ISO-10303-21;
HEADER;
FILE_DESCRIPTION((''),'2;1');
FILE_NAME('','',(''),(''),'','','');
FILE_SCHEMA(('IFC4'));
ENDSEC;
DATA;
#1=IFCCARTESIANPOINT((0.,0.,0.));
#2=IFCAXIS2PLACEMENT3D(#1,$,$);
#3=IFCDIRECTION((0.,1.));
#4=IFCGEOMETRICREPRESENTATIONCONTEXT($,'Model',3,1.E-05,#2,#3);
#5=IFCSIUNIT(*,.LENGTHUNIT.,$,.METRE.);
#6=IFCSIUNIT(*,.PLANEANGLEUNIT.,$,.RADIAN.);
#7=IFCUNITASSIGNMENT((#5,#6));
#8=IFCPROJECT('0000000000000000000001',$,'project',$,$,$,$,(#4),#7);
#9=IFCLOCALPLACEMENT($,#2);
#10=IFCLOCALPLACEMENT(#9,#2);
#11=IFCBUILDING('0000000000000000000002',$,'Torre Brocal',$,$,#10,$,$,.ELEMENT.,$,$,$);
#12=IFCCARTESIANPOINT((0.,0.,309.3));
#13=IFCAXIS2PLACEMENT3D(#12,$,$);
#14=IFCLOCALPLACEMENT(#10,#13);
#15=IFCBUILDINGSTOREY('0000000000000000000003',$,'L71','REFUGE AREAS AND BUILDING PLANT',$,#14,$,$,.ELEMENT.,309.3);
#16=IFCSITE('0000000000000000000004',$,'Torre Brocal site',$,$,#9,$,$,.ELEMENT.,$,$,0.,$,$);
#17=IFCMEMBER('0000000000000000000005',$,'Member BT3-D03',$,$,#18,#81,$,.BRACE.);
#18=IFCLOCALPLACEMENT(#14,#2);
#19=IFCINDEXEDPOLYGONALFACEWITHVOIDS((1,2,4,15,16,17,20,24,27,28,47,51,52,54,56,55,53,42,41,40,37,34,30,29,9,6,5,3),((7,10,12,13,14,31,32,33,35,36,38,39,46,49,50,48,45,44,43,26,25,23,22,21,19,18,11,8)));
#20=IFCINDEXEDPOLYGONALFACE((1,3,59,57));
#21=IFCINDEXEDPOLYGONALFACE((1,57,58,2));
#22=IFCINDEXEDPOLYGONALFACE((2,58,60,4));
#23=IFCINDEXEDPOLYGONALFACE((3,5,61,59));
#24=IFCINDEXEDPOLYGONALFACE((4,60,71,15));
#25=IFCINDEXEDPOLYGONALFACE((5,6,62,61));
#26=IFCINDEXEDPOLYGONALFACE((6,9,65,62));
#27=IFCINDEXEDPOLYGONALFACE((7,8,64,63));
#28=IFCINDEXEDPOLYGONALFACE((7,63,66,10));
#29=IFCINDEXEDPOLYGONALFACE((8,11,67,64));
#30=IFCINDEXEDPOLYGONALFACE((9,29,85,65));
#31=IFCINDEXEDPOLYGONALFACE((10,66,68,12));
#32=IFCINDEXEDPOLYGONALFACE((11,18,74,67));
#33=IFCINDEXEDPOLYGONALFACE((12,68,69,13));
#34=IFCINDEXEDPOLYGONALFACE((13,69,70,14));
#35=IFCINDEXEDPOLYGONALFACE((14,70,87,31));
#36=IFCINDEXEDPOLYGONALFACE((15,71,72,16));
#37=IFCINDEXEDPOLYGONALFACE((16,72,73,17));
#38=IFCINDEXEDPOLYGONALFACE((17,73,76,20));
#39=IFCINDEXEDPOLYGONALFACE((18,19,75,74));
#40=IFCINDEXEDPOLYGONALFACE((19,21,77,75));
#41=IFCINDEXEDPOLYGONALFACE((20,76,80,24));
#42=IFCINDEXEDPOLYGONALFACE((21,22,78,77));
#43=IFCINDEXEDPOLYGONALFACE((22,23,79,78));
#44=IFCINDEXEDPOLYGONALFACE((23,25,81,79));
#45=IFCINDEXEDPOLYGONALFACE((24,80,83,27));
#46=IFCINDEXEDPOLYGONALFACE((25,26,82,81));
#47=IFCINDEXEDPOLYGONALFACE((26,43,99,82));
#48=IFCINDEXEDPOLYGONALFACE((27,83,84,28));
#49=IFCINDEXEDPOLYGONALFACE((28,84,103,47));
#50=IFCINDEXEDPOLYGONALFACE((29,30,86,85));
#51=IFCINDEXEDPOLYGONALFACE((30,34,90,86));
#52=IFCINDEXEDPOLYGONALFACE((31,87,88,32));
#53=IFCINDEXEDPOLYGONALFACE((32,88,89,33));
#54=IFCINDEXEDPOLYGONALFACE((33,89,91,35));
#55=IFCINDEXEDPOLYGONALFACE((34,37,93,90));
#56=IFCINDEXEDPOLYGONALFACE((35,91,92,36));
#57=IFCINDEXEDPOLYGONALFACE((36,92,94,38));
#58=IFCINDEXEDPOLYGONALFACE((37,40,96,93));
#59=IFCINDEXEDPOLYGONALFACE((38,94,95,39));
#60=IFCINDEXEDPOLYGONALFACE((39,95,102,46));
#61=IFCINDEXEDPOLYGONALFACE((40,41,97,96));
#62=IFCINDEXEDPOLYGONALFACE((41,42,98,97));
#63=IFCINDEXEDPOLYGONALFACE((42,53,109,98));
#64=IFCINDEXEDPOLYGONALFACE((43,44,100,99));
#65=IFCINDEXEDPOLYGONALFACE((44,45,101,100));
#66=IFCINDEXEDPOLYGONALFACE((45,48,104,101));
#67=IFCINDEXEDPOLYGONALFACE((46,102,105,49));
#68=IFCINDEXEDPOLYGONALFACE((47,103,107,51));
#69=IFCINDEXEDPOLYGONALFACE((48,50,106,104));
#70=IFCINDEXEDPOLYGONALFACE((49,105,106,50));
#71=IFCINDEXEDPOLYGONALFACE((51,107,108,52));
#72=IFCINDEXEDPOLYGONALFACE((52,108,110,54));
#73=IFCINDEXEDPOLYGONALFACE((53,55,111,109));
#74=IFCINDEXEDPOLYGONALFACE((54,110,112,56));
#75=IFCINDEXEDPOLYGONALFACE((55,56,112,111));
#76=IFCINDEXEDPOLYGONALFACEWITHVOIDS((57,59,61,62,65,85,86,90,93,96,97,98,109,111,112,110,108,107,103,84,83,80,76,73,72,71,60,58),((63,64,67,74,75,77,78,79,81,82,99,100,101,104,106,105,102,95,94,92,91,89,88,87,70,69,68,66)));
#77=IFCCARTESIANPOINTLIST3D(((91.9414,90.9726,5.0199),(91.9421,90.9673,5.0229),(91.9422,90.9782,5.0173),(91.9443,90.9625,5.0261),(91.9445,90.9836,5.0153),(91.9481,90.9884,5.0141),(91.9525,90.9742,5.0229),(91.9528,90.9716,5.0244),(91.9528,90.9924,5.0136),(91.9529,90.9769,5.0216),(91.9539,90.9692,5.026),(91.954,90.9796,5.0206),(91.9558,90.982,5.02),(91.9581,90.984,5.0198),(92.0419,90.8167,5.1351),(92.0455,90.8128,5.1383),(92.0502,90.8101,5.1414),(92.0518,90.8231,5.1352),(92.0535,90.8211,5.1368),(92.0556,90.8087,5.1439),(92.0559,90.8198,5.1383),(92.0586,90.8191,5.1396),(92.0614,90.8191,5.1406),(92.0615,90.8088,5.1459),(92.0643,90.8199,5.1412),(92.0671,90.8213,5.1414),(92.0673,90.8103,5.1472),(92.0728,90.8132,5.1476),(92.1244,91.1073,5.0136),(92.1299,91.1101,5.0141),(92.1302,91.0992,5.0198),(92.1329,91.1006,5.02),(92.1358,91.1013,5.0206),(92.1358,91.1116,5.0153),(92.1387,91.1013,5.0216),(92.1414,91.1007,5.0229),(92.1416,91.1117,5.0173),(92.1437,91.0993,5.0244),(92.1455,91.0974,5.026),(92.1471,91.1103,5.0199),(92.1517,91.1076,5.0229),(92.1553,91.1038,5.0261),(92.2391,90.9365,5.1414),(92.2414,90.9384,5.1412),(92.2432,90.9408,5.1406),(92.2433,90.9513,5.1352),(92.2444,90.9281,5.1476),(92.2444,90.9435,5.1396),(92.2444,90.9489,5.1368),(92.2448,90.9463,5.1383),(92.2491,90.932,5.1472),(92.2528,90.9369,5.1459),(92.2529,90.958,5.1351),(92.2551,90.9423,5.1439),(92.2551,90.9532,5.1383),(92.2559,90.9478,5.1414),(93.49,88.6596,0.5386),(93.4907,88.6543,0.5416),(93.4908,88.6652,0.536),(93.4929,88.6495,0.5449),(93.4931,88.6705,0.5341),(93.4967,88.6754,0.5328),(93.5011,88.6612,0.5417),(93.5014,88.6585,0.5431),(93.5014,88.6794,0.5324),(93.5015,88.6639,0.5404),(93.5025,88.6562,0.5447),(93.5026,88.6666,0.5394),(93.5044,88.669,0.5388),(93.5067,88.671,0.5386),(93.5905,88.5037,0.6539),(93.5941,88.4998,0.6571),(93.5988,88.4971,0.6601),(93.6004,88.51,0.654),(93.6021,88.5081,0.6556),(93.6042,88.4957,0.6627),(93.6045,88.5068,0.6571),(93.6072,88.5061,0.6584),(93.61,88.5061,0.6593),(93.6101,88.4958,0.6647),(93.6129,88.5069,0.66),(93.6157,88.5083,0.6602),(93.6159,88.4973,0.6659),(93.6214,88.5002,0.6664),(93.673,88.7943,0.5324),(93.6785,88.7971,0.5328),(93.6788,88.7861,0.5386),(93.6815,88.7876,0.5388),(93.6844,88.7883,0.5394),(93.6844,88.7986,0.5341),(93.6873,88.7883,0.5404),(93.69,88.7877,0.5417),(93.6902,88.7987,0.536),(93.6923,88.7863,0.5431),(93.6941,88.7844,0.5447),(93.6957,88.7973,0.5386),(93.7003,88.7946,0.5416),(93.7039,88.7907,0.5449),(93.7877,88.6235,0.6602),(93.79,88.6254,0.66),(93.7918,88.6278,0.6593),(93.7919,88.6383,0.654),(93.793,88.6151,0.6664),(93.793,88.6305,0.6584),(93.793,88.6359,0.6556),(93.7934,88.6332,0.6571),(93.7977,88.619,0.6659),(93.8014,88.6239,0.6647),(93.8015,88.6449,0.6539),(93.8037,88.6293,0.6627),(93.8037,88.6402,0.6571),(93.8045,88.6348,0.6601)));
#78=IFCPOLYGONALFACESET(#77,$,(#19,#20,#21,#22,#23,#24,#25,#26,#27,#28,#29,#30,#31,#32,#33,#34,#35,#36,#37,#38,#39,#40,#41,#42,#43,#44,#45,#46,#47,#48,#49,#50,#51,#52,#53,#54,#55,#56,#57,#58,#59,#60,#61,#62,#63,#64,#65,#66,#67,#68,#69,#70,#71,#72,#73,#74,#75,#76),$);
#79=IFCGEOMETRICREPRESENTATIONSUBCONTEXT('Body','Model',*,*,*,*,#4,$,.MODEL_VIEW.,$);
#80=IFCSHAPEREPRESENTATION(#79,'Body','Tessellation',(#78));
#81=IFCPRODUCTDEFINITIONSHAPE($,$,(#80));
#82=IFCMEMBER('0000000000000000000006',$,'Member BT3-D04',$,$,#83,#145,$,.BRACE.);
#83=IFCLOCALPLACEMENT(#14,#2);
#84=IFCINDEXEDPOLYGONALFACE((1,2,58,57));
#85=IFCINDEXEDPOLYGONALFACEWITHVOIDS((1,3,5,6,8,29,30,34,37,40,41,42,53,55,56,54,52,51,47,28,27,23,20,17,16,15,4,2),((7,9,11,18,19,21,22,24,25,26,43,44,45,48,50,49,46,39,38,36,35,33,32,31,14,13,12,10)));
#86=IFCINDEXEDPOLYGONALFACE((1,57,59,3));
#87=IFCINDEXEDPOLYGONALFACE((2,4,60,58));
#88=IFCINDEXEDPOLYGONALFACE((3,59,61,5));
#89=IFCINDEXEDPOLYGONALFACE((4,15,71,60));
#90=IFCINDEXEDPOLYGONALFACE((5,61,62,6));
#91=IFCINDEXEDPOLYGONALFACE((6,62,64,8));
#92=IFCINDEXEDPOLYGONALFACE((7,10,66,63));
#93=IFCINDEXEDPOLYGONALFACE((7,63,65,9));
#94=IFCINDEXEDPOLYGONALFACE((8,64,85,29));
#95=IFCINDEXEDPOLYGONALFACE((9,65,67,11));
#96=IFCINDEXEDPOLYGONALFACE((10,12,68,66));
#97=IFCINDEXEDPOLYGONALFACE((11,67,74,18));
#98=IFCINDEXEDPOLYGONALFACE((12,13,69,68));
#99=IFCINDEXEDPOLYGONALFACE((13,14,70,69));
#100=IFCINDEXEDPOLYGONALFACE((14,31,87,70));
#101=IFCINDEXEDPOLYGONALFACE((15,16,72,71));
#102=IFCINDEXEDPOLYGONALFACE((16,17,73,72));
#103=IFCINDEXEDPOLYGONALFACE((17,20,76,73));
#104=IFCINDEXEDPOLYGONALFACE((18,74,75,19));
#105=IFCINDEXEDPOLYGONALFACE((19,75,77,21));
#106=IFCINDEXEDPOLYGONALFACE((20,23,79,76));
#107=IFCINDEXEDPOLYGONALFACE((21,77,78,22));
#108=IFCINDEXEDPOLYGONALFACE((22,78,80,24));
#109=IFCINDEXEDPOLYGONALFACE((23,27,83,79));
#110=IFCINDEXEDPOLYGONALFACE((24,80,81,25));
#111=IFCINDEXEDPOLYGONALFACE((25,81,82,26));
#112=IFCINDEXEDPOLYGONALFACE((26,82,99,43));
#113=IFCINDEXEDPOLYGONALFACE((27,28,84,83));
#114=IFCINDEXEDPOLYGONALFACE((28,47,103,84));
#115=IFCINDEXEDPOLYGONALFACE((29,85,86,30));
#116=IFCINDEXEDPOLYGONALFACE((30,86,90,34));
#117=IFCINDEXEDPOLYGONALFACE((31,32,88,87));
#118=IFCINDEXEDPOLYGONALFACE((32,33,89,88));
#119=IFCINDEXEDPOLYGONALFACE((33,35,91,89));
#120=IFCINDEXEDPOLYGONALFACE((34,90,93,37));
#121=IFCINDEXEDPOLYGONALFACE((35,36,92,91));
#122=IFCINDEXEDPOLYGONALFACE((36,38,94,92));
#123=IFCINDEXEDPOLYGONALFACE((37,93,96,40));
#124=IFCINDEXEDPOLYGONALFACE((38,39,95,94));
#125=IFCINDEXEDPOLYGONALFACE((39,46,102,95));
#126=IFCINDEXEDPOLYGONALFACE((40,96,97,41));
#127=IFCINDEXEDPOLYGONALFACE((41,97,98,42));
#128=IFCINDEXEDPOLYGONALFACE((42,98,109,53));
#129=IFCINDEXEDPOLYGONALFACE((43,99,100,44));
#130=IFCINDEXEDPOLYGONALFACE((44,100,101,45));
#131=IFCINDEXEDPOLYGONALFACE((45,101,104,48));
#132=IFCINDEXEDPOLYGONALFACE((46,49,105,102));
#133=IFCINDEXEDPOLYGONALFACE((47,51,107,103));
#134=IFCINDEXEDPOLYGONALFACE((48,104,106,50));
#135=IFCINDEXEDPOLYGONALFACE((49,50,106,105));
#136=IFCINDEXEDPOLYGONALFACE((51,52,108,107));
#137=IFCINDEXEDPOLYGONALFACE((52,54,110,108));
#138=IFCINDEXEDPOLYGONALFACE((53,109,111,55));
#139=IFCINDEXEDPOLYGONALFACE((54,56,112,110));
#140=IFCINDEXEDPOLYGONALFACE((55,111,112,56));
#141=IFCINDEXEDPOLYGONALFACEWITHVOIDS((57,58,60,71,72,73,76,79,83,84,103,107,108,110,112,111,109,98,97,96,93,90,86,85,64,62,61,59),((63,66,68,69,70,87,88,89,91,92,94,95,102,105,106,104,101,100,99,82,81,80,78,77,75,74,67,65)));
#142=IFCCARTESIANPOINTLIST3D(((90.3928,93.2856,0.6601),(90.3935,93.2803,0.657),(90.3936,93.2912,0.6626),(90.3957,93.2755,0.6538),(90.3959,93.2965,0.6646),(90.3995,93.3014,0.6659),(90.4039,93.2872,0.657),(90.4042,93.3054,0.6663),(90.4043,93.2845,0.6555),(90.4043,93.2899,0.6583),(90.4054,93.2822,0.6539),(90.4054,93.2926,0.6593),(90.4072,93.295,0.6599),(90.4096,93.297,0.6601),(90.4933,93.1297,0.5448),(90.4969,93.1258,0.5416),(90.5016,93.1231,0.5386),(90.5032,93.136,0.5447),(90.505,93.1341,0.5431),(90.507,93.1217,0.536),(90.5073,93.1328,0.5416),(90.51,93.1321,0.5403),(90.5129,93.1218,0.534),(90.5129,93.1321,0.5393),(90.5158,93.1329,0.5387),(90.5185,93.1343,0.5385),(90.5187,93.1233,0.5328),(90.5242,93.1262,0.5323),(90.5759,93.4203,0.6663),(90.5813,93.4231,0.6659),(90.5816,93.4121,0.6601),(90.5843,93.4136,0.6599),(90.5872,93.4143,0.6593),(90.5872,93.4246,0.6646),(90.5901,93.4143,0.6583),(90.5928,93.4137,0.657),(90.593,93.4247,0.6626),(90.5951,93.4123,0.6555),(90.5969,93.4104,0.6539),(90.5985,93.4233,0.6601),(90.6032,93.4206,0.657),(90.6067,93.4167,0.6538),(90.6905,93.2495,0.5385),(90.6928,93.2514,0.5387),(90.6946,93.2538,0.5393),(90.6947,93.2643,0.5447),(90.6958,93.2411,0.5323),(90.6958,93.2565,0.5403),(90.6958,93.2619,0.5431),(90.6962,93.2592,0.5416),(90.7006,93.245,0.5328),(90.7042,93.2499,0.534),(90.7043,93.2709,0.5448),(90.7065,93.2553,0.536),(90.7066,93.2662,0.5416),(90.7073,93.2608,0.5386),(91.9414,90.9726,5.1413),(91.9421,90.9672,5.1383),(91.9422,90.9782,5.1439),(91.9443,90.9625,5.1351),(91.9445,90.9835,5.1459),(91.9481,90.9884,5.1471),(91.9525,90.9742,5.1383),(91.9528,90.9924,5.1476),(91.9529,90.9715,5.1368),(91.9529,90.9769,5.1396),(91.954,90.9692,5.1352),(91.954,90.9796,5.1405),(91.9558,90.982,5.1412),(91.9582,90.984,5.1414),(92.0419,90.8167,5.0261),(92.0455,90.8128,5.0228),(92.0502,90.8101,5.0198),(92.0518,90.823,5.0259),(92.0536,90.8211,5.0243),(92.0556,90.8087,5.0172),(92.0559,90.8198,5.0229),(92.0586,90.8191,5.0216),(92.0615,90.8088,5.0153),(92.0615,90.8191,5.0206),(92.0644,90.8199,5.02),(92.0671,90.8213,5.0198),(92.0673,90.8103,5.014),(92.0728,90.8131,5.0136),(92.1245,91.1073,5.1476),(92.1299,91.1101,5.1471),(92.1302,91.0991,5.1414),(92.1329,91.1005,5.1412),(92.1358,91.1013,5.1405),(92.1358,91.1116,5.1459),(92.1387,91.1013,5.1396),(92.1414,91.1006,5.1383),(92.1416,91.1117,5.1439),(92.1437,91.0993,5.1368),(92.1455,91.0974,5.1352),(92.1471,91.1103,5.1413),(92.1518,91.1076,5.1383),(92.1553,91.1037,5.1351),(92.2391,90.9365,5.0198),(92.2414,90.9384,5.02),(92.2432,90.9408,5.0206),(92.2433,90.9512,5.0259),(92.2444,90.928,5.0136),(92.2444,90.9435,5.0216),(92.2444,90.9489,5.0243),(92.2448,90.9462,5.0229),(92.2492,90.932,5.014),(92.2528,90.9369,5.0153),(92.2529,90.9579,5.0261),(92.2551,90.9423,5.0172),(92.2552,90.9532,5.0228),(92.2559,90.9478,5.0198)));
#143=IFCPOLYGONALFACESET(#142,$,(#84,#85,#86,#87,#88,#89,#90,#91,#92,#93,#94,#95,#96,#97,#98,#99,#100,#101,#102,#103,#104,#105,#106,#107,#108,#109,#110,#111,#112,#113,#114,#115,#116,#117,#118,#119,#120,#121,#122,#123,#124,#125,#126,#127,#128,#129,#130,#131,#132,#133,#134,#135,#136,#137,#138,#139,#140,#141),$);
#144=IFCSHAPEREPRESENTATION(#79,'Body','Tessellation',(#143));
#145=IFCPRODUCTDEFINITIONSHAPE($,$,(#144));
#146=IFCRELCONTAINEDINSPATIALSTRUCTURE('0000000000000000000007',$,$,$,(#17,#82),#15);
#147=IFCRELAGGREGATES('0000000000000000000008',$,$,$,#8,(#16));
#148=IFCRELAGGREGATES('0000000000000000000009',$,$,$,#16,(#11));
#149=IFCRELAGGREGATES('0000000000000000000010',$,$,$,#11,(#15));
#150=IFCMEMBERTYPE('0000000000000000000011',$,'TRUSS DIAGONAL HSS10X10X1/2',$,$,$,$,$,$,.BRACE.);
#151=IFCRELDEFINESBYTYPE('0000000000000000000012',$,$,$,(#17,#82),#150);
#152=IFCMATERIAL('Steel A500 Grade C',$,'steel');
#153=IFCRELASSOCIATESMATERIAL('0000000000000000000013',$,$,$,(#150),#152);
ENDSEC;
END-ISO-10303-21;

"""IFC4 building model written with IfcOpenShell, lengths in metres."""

from ifc_helpers import new_model, si_unit, direction, frame, origin, origin_2d, place, context, subcontext, project, spatial, hollow_rectangle, extrude, material, material_profile, profile_set, type_object, element, save


model = new_model("IFC4")

# Units and contexts
model_context = context("Model", 3, precision=1e-05, world=origin(), true_north=direction((0.0, 1.0)))
body_context = subcontext(model_context, "Body", "Model", "MODEL_VIEW")
ifc_project = project(units=[si_unit("LENGTHUNIT", "METRE"), si_unit("PLANEANGLEUNIT", "RADIAN")], contexts=[model_context])

# Site, building, storey
site_placement = place(None, origin())
site = spatial("IfcSite", under=ifc_project, at=site_placement, Name="Torre Brocal site", CompositionType="ELEMENT", RefElevation=0.0)
building_placement = place(site_placement, origin())
building = spatial("IfcBuilding", under=site, at=building_placement, Name="Torre Brocal", CompositionType="ELEMENT")
storey_placement = place(building_placement, frame((0.0, 0.0, 309.3)))
storey = spatial("IfcBuildingStorey", under=building, at=storey_placement, Name="L71", Description="REFUGE AREAS AND BUILDING PLANT", CompositionType="ELEMENT", Elevation=309.3)

# Members
ifc_material_1 = material(Name="Steel A500 Grade C", Category="steel")
ifc_material_profile_1 = material_profile(ifc_material_1, hollow_rectangle(XDim=0.2539, YDim=0.2539, WallThickness=0.0117, InnerFilletRadius=0.0117, OuterFilletRadius=0.0237, at=origin_2d()), Name="HSS10X10X1/2")
ifc_profile_set_1 = profile_set([ifc_material_profile_1], Name="Steel A500 Grade C")
member_type_1 = type_object("IfcMemberType", Name="TRUSS DIAGONAL HSS10X10X1/2", PredefinedType="BRACE", material=ifc_profile_set_1)
for number, where, z_axis, x_axis, name in (
    (1, (93.6472, 88.6472, 0.5994), (-0.293552, 0.438453, 0.849462), (-0.830956, -0.556339, 0.0), "Member BT3-D03"),
    (2, (92.0986, 90.9602, 5.0806), (-0.293552, 0.438453, -0.849462), (-0.830956, -0.556339, 0.0), "Member BT3-D04"),
):
    element("IfcMember", number, at=place(storey_placement, frame(where, z_axis=z_axis, x_axis=x_axis)), inside=storey, type_object=member_type_1, Name=name, PredefinedType="BRACE", context=body_context, shape_type="SweptSolid", body=[
        extrude(hollow_rectangle(XDim=0.2539, YDim=0.2539, WallThickness=0.0117, InnerFilletRadius=0.0117, OuterFilletRadius=0.0237, at=origin_2d()), origin(), (0.0, 0.0, 1.0), 5.2754),
    ])

save(model, "model.ifc")
